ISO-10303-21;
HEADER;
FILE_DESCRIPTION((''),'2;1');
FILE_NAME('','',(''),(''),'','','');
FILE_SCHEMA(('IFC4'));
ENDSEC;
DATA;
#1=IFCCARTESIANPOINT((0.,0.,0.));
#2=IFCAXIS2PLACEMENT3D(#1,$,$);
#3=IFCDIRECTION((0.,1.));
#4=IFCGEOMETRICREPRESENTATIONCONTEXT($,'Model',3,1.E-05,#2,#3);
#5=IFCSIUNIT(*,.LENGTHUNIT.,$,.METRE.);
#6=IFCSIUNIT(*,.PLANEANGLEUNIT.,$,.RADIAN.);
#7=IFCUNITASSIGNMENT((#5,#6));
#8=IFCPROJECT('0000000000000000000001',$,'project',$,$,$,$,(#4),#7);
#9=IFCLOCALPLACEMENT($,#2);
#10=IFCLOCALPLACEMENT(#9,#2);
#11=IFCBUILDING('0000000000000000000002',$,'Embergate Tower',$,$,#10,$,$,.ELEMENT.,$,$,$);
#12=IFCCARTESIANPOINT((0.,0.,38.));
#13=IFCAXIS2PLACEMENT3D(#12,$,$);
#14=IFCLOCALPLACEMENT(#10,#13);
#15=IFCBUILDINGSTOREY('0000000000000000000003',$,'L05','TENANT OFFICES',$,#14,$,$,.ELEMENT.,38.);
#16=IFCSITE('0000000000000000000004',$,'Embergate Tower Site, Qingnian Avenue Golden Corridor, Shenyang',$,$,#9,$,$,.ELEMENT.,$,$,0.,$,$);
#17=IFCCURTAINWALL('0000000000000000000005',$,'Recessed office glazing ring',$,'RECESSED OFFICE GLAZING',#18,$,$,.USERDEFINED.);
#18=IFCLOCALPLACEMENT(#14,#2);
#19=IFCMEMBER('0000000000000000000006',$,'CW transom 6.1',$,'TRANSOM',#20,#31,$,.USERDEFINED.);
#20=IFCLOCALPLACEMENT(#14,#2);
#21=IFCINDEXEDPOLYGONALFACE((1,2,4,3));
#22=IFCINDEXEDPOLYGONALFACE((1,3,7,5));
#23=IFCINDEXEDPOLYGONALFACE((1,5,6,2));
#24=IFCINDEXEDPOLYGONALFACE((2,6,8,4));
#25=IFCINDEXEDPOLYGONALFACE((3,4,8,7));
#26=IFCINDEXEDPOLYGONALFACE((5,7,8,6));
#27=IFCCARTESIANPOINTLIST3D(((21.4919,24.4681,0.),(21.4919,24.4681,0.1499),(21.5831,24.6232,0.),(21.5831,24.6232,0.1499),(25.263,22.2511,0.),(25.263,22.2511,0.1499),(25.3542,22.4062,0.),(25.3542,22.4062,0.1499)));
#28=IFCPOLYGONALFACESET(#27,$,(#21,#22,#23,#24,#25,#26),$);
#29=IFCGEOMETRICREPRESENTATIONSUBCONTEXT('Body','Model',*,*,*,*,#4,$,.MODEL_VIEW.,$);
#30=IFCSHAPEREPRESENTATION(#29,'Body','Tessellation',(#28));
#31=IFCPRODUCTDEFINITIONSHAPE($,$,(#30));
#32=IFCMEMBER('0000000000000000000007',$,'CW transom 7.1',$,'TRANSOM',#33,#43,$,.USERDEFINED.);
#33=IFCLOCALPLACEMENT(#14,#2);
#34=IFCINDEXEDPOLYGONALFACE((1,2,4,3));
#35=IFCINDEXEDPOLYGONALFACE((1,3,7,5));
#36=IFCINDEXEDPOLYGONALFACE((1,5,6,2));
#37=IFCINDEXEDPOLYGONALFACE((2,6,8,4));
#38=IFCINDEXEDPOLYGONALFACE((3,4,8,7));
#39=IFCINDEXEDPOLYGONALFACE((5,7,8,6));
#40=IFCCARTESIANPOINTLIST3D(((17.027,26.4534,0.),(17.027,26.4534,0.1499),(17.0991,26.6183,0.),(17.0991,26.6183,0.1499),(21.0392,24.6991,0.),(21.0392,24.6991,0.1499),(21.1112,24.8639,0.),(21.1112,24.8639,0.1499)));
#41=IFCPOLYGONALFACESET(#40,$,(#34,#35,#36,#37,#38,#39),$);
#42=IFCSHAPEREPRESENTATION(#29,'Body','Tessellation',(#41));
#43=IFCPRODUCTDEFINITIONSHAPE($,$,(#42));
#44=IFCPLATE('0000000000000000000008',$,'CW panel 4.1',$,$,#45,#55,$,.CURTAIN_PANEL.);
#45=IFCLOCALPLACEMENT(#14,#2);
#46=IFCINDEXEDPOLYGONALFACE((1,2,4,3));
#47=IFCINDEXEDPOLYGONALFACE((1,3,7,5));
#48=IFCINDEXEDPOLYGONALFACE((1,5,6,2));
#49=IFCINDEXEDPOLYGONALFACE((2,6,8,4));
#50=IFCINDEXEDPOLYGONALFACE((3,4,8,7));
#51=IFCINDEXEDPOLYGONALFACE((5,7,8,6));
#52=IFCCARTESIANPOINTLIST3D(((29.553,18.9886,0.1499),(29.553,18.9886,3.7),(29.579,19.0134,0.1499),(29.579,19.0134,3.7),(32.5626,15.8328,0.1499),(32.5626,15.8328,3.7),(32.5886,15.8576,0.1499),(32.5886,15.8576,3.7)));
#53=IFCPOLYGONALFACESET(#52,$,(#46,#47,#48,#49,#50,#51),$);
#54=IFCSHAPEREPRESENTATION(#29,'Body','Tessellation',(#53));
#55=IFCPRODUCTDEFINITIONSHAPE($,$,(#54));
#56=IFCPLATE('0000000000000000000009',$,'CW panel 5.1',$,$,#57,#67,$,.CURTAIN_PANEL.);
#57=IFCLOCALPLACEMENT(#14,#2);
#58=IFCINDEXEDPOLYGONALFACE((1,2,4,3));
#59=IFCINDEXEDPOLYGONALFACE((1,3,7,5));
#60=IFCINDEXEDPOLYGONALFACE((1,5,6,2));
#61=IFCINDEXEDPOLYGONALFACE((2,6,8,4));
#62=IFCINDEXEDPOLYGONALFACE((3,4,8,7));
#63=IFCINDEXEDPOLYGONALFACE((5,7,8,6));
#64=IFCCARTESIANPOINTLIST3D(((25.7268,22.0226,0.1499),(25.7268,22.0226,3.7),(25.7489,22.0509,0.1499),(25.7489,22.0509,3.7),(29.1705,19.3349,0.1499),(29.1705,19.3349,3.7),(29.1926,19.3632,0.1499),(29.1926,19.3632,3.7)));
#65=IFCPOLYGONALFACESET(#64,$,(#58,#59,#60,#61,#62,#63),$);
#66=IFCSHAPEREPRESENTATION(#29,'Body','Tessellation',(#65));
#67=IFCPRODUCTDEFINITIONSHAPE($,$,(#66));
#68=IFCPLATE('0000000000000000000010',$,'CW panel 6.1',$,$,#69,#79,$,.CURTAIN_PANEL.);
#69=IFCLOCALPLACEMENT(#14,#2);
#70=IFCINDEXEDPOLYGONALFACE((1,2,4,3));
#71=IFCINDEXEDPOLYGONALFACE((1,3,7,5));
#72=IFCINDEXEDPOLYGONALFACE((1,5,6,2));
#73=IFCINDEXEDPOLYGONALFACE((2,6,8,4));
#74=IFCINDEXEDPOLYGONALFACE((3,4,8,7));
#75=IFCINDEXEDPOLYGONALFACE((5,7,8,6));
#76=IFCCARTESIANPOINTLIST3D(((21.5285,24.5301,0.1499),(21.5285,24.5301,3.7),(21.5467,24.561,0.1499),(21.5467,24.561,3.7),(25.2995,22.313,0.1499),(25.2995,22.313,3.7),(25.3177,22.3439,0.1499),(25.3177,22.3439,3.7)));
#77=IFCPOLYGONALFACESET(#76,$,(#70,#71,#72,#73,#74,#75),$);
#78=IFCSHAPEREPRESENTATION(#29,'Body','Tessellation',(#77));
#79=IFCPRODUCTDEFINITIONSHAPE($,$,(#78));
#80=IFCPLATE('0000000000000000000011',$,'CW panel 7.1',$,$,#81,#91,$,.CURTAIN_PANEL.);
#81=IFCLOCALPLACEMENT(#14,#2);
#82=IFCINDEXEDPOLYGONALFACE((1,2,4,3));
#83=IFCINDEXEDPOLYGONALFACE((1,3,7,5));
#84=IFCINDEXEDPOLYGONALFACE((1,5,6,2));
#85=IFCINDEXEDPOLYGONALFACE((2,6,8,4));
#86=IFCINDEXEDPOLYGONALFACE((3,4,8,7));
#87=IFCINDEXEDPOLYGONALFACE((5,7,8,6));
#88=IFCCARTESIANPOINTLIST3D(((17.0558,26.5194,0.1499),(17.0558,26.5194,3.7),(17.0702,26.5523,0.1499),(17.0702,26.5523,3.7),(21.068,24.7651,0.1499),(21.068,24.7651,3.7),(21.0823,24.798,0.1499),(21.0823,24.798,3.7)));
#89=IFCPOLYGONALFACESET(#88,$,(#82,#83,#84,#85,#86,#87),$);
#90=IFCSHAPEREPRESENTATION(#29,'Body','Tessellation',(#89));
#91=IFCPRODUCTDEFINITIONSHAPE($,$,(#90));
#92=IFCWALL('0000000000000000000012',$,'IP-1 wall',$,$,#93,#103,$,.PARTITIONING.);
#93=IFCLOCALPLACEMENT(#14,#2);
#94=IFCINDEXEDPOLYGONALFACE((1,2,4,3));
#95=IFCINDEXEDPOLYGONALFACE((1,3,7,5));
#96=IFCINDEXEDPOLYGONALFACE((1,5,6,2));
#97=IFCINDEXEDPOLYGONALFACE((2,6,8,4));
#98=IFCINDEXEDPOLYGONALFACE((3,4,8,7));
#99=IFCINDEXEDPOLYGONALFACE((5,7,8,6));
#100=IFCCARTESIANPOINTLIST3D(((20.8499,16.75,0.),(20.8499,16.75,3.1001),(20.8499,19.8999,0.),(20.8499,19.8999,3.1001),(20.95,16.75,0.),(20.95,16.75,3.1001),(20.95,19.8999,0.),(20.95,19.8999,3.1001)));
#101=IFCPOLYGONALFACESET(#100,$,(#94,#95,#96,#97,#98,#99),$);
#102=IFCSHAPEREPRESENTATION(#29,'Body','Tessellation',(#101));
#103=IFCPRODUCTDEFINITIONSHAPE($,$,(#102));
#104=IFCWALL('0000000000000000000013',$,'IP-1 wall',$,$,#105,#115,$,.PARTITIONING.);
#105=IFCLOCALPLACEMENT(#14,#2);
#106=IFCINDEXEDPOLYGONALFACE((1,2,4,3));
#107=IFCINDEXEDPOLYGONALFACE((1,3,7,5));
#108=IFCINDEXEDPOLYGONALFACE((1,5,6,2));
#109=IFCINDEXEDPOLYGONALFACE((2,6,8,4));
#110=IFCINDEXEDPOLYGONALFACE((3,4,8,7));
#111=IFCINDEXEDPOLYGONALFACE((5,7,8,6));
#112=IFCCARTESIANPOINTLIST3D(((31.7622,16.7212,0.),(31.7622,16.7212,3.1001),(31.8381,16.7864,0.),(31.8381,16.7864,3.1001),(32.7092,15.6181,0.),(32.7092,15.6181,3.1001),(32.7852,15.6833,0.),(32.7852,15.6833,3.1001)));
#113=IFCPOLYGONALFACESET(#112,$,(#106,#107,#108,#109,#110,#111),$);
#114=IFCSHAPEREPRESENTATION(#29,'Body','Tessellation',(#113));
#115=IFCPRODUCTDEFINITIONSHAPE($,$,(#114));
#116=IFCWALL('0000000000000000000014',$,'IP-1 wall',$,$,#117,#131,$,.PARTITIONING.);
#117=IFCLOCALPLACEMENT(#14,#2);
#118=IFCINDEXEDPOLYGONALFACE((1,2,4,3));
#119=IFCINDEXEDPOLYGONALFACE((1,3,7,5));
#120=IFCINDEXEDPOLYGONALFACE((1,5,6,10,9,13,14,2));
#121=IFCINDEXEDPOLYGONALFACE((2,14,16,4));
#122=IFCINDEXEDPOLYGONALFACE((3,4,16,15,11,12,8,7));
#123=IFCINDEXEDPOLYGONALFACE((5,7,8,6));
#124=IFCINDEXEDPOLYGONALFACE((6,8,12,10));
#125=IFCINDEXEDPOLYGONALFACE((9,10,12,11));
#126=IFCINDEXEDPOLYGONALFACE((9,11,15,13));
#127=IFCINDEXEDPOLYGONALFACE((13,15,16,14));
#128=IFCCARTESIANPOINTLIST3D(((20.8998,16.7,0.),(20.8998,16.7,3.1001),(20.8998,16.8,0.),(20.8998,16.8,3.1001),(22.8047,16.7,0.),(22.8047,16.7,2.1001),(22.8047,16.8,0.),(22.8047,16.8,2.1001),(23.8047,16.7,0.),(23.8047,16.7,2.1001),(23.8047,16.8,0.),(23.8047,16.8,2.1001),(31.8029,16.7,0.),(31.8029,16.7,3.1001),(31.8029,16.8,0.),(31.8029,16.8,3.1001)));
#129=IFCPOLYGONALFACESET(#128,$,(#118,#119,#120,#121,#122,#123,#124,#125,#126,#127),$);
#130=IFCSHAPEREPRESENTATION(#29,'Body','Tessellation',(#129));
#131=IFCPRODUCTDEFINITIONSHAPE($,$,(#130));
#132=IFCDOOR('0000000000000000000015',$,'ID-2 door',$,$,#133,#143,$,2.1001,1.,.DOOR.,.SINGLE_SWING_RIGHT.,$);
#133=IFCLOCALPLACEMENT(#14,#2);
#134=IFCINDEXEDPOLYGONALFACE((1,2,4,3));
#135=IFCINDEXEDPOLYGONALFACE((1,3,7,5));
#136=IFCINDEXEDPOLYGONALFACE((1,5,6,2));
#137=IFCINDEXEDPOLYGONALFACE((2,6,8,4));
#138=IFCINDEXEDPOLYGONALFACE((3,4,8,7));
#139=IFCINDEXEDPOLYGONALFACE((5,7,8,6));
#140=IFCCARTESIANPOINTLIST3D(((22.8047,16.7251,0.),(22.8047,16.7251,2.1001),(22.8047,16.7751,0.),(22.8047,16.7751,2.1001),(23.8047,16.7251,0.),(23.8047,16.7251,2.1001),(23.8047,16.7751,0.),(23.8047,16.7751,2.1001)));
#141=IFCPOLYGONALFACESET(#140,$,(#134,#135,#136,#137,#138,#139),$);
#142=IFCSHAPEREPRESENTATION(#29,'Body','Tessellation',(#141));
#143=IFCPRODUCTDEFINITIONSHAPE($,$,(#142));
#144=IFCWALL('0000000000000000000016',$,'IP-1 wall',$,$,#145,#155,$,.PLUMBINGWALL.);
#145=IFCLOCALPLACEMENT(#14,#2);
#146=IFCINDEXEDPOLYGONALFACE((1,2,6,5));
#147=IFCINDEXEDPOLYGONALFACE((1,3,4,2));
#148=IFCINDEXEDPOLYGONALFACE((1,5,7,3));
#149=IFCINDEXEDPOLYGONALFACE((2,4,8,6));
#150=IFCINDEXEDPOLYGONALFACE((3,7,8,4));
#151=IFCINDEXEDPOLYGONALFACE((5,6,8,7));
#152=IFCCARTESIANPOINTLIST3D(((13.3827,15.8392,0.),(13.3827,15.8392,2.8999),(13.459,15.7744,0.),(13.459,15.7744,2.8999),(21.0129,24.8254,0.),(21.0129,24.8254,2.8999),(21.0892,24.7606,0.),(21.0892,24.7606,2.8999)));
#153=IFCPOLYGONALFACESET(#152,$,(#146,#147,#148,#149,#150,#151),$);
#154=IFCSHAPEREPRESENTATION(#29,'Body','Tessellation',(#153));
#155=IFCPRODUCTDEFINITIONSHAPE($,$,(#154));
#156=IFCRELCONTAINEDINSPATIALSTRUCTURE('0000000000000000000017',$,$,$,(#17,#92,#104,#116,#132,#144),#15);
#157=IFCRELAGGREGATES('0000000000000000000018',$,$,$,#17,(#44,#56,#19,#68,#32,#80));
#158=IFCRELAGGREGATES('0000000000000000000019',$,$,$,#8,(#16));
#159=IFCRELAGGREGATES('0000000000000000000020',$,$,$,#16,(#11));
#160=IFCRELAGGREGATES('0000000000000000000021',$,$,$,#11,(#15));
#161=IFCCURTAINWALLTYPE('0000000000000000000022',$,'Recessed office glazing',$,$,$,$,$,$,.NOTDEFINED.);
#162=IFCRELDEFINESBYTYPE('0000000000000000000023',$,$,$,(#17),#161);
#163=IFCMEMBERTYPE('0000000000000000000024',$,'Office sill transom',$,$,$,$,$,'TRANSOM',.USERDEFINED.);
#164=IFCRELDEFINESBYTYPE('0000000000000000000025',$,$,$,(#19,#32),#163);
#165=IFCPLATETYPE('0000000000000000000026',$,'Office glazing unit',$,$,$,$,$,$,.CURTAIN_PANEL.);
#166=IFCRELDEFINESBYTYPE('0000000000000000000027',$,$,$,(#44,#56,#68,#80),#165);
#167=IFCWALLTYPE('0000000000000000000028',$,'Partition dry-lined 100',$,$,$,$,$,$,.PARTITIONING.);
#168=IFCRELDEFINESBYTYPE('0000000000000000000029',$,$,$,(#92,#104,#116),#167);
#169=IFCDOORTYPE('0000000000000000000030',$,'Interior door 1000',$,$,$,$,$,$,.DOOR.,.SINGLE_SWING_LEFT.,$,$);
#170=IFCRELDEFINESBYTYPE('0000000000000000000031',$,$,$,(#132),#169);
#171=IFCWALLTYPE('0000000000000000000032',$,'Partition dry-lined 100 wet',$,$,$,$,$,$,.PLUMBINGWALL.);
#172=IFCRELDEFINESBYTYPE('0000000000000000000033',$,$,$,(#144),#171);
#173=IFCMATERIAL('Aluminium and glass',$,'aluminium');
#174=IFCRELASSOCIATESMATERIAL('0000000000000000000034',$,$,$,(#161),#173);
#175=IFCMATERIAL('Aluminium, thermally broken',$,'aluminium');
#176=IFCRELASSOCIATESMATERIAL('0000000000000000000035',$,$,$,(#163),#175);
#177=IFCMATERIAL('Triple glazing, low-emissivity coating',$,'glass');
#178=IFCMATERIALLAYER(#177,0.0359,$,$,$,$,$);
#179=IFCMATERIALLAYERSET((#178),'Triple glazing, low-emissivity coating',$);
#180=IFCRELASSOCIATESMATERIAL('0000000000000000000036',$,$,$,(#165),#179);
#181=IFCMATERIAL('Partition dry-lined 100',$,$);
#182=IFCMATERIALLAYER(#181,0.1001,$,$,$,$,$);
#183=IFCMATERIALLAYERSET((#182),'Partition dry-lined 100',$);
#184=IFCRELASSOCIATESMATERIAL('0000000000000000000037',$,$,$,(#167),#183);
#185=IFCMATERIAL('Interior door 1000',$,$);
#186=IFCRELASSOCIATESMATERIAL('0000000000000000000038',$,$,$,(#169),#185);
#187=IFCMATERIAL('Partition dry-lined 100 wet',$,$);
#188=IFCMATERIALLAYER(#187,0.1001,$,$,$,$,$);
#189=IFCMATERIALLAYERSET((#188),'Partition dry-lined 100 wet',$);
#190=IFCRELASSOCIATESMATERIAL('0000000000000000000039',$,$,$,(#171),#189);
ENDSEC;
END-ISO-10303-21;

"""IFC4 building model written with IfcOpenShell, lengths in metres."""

from ifc_helpers import new_model, si_unit, direction, frame, frame_2d, origin, origin_2d, place, context, subcontext, project, spatial, rectangle, extrude, source, transform, mapped, material, layer, layer_set, material_profile, profile_set, type_object, element, fill, aggregate, save


model = new_model("IFC4")

# Units and contexts
model_context = context("Model", 3, precision=1e-05, world=origin(), true_north=direction((0.0, 1.0)))
body_context = subcontext(model_context, "Body", "Model", "MODEL_VIEW")
ifc_project = project(units=[si_unit("LENGTHUNIT", "METRE"), si_unit("PLANEANGLEUNIT", "RADIAN")], contexts=[model_context])

# Site, building, storey
site_placement = place(None, origin())
site = spatial("IfcSite", under=ifc_project, at=site_placement, Name="Embergate Tower Site, Qingnian Avenue Golden Corridor, Shenyang", CompositionType="ELEMENT", RefElevation=0.0)
building_placement = place(site_placement, origin())
building = spatial("IfcBuilding", under=site, at=building_placement, Name="Embergate Tower", CompositionType="ELEMENT")
storey_placement = place(building_placement, frame((0.0, 0.0, 38.0)))
storey = spatial("IfcBuildingStorey", under=building, at=storey_placement, Name="L05", Description="TENANT OFFICES", CompositionType="ELEMENT", Elevation=38.0)

# Curtain wall, members, plates
ifc_material_1 = material(Name="Aluminium and glass", Category="aluminium")
curtain_wall_type = type_object("IfcCurtainWallType", Name="Recessed office glazing", PredefinedType="NOTDEFINED", material=ifc_material_1)
curtain_wall_placement = place(storey_placement, origin())
curtain_wall = element("IfcCurtainWall", 1, at=curtain_wall_placement, inside=storey, type_object=curtain_wall_type, Name="Recessed office glazing ring", ObjectType="RECESSED OFFICE GLAZING", PredefinedType="USERDEFINED")
ifc_material_2 = material(Name="Aluminium, thermally broken", Category="aluminium")
ifc_material_profile_1 = material_profile(ifc_material_2, rectangle(XDim=0.1799, YDim=0.1499, at=origin_2d()), Name="AL 150x180")
ifc_profile_set_1 = profile_set([ifc_material_profile_1], Name="Aluminium, thermally broken")
member_type_1 = type_object("IfcMemberType", Name="Office sill transom", ElementType="TRANSOM", PredefinedType="USERDEFINED", material=ifc_profile_set_1)
shared_shape_1 = source(origin(), body_context, "Body", "SweptSolid", [
    extrude(rectangle(XDim=0.1799, YDim=0.1499, at=origin_2d()), origin(), (0.0, 0.0, 1.0), 4.3745),
])
member_1_placement = place(storey_placement, frame((25.3086, 22.3286, 0.075), z_axis=(-0.862053, 0.506818, 0.0), x_axis=(-0.506818, -0.862053, 0.0)))
member_1 = element("IfcMember", 2, at=member_1_placement, type_object=member_type_1, Name="CW transom 6.1", ObjectType="TRANSOM", PredefinedType="USERDEFINED", context=body_context, shape_type="MappedRepresentation", body=[
    mapped(shared_shape_1, transform((0.0, 0.0, 0.0))),
])
shared_shape_2 = source(origin(), body_context, "Body", "SweptSolid", [
    extrude(rectangle(XDim=0.1799, YDim=0.1499, at=origin_2d()), origin(), (0.0, 0.0, 1.0), 4.3789),
])
member_2_placement = place(storey_placement, frame((21.0752, 24.7815, 0.075), z_axis=(-0.916237, 0.400637, 0.0), x_axis=(-0.400637, -0.916237, 0.0)))
member_2 = element("IfcMember", 3, at=member_2_placement, type_object=member_type_1, Name="CW transom 7.1", ObjectType="TRANSOM", PredefinedType="USERDEFINED", context=body_context, shape_type="MappedRepresentation", body=[
    mapped(shared_shape_2, transform((0.0, 0.0, 0.0))),
])
ifc_material_3 = material(Name="Triple glazing, low-emissivity coating", Category="glass")
ifc_layer_1 = layer(ifc_material_3, 0.0359)
ifc_layer_set_1 = layer_set([ifc_layer_1], Name="Triple glazing, low-emissivity coating")
plate_type = type_object("IfcPlateType", Name="Office glazing unit", PredefinedType="CURTAIN_PANEL", material=ifc_layer_set_1)
shared_shape_3 = source(origin(), body_context, "Body", "SweptSolid", [
    extrude(rectangle(XDim=4.3608, YDim=0.0359, at=origin_2d()), origin(), (0.0, 0.0, 1.0), 3.55),
])
plate_1_placement = place(storey_placement, frame((31.0708, 17.4231, 0.1499), z_axis=(0.0, 0.0, 1.0), x_axis=(-0.690136, 0.723679, 0.0)))
plate_1 = element("IfcPlate", 4, at=plate_1_placement, type_object=plate_type, Name="CW panel 4.1", PredefinedType="CURTAIN_PANEL", context=body_context, shape_type="MappedRepresentation", body=[
    mapped(shared_shape_3, transform((0.0, 0.0, 0.0))),
])
shared_shape_4 = source(origin(), body_context, "Body", "SweptSolid", [
    extrude(rectangle(XDim=4.3684, YDim=0.0359, at=origin_2d()), origin(), (0.0, 0.0, 1.0), 3.55),
])
plate_2_placement = place(storey_placement, frame((27.4597, 20.6929, 0.1499), z_axis=(0.0, 0.0, 1.0), x_axis=(-0.788322, 0.615263, 0.0)))
plate_2 = element("IfcPlate", 5, at=plate_2_placement, type_object=plate_type, Name="CW panel 5.1", PredefinedType="CURTAIN_PANEL", context=body_context, shape_type="MappedRepresentation", body=[
    mapped(shared_shape_4, transform((0.0, 0.0, 0.0))),
])
shared_shape_5 = source(origin(), body_context, "Body", "SweptSolid", [
    extrude(rectangle(XDim=4.3745, YDim=0.0359, at=origin_2d()), origin(), (0.0, 0.0, 1.0), 3.55),
])
plate_3_placement = place(storey_placement, frame((23.4231, 23.437, 0.1499), z_axis=(0.0, 0.0, 1.0), x_axis=(-0.862054, 0.506816, 0.0)))
plate_3 = element("IfcPlate", 6, at=plate_3_placement, type_object=plate_type, Name="CW panel 6.1", PredefinedType="CURTAIN_PANEL", context=body_context, shape_type="MappedRepresentation", body=[
    mapped(shared_shape_5, transform((0.0, 0.0, 0.0))),
])
shared_shape_6 = source(origin(), body_context, "Body", "SweptSolid", [
    extrude(rectangle(XDim=4.3789, YDim=0.0359, at=origin_2d()), origin(), (0.0, 0.0, 1.0), 3.55),
])
plate_4_placement = place(storey_placement, frame((19.0691, 25.6587, 0.1499), z_axis=(0.0, 0.0, 1.0), x_axis=(-0.916237, 0.400637, 0.0)))
plate_4 = element("IfcPlate", 7, at=plate_4_placement, type_object=plate_type, Name="CW panel 7.1", PredefinedType="CURTAIN_PANEL", context=body_context, shape_type="MappedRepresentation", body=[
    mapped(shared_shape_6, transform((0.0, 0.0, 0.0))),
])
aggregate(curtain_wall, [plate_1, plate_2, member_1, plate_3, member_2, plate_4])

# Walls
ifc_material_4 = material(Name="Partition dry-lined 100")
ifc_layer_2 = layer(ifc_material_4, 0.1001)
ifc_layer_set_2 = layer_set([ifc_layer_2], Name="Partition dry-lined 100")
wall_type_1 = type_object("IfcWallType", Name="Partition dry-lined 100", PredefinedType="PARTITIONING", material=ifc_layer_set_2)
shared_shape_7 = source(origin(), body_context, "Body", "SweptSolid", [
    extrude(rectangle(XDim=3.1499, YDim=0.1001, at=frame_2d((1.575, 0.0))), origin(), (0.0, 0.0, 1.0), 3.1001),
])
wall_1_placement = place(storey_placement, frame((20.8999, 19.8999, 0.0), z_axis=(0.0, 0.0, 1.0), x_axis=(0.0, -1.0, 0.0)))
element("IfcWall", 8, at=wall_1_placement, inside=storey, type_object=wall_type_1, Name="IP-1 wall", PredefinedType="PARTITIONING", context=body_context, shape_type="MappedRepresentation", body=[
    mapped(shared_shape_7, transform((0.0, 0.0, 0.0))),
])
shared_shape_8 = source(origin(), body_context, "Body", "SweptSolid", [
    extrude(rectangle(XDim=1.4539, YDim=0.1001, at=frame_2d((0.7271, 0.0))), origin(), (0.0, 0.0, 1.0), 3.1001),
])
wall_2_placement = place(storey_placement, frame((31.8, 16.7539, 0.0), z_axis=(0.0, 0.0, 1.0), x_axis=(0.651413, -0.758723, 0.0)))
element("IfcWall", 9, at=wall_2_placement, inside=storey, type_object=wall_type_1, Name="IP-1 wall", PredefinedType="PARTITIONING", context=body_context, shape_type="MappedRepresentation", body=[
    mapped(shared_shape_8, transform((0.0, 0.0, 0.0))),
])

# Wall, opening, door
shared_shape_9 = source(origin(), body_context, "Body", "SweptSolid", [
    extrude(rectangle(XDim=10.9031, YDim=0.1001, at=frame_2d((5.4517, 0.0))), origin(), (0.0, 0.0, 1.0), 3.1001),
])
wall_3_placement = place(storey_placement, frame((31.803, 16.75, 0.0), z_axis=(0.0, 0.0, 1.0), x_axis=(-1.0, 0.0, 0.0)))
wall_3 = element("IfcWall", 10, at=wall_3_placement, inside=storey, type_object=wall_type_1, Name="IP-1 wall", PredefinedType="PARTITIONING", context=body_context, shape_type="MappedRepresentation", body=[
    mapped(shared_shape_9, transform((0.0, 0.0, 0.0))),
])
shared_shape_10 = source(origin(), body_context, "Body", "SweptSolid", [
    extrude(rectangle(XDim=1.0, YDim=2.1001, at=frame_2d((0.5, 1.05))), frame((0.0, 0.0601, 0.0), z_axis=(0.0, -1.0, 0.0), x_axis=(1.0, 0.0, 0.0)), (0.0, 0.0, 1.0), 0.1201),
])
opening_placement = place(wall_3_placement, frame((7.9983, 0.0, 0.0)))
opening = element("IfcOpeningElement", 11, at=opening_placement, cuts=wall_3, PredefinedType="OPENING", context=body_context, shape_type="MappedRepresentation", body=[
    mapped(shared_shape_10, transform((0.0, 0.0, 0.0))),
])
ifc_material_5 = material(Name="Interior door 1000")
door_type = type_object("IfcDoorType", Name="Interior door 1000", OperationType="SINGLE_SWING_LEFT", PredefinedType="DOOR", material=ifc_material_5)
shared_shape_11 = source(origin(), body_context, "Body", "SweptSolid", [
    extrude(rectangle(XDim=1.0, YDim=2.1001, at=frame_2d((0.5, 1.05))), frame((0.0, 0.0249, 0.0), z_axis=(0.0, -1.0, 0.0), x_axis=(1.0, 0.0, 0.0)), (0.0, 0.0, 1.0), 0.05),
])
door_placement = place(opening_placement, origin())
door = element("IfcDoor", 12, at=door_placement, inside=storey, type_object=door_type, Name="ID-2 door", OperationType="SINGLE_SWING_RIGHT", OverallHeight=2.1001, OverallWidth=1.0, PredefinedType="DOOR", context=body_context, shape_type="MappedRepresentation", body=[
    mapped(shared_shape_11, transform((0.0, 0.0, 0.0))),
])
fill(opening, door)

# Wall
ifc_material_6 = material(Name="Partition dry-lined 100 wet")
ifc_layer_3 = layer(ifc_material_6, 0.1001)
ifc_layer_set_3 = layer_set([ifc_layer_3], Name="Partition dry-lined 100 wet")
wall_type_2 = type_object("IfcWallType", Name="Partition dry-lined 100 wet", PredefinedType="PLUMBINGWALL", material=ifc_layer_set_3)
shared_shape_12 = source(origin(), body_context, "Body", "SweptSolid", [
    extrude(rectangle(XDim=11.7886, YDim=0.1001, at=frame_2d((5.8943, 0.0))), origin(), (0.0, 0.0, 1.0), 2.8999),
])
wall_4_placement = place(storey_placement, frame((21.051, 24.793, 0.0), z_axis=(0.0, 0.0, 1.0), x_axis=(-0.647252, -0.762276, 0.0)))
element("IfcWall", 13, at=wall_4_placement, inside=storey, type_object=wall_type_2, Name="IP-1 wall", PredefinedType="PLUMBINGWALL", context=body_context, shape_type="MappedRepresentation", body=[
    mapped(shared_shape_12, transform((0.0, 0.0, 0.0))),
])

save(model, "model.ifc")
